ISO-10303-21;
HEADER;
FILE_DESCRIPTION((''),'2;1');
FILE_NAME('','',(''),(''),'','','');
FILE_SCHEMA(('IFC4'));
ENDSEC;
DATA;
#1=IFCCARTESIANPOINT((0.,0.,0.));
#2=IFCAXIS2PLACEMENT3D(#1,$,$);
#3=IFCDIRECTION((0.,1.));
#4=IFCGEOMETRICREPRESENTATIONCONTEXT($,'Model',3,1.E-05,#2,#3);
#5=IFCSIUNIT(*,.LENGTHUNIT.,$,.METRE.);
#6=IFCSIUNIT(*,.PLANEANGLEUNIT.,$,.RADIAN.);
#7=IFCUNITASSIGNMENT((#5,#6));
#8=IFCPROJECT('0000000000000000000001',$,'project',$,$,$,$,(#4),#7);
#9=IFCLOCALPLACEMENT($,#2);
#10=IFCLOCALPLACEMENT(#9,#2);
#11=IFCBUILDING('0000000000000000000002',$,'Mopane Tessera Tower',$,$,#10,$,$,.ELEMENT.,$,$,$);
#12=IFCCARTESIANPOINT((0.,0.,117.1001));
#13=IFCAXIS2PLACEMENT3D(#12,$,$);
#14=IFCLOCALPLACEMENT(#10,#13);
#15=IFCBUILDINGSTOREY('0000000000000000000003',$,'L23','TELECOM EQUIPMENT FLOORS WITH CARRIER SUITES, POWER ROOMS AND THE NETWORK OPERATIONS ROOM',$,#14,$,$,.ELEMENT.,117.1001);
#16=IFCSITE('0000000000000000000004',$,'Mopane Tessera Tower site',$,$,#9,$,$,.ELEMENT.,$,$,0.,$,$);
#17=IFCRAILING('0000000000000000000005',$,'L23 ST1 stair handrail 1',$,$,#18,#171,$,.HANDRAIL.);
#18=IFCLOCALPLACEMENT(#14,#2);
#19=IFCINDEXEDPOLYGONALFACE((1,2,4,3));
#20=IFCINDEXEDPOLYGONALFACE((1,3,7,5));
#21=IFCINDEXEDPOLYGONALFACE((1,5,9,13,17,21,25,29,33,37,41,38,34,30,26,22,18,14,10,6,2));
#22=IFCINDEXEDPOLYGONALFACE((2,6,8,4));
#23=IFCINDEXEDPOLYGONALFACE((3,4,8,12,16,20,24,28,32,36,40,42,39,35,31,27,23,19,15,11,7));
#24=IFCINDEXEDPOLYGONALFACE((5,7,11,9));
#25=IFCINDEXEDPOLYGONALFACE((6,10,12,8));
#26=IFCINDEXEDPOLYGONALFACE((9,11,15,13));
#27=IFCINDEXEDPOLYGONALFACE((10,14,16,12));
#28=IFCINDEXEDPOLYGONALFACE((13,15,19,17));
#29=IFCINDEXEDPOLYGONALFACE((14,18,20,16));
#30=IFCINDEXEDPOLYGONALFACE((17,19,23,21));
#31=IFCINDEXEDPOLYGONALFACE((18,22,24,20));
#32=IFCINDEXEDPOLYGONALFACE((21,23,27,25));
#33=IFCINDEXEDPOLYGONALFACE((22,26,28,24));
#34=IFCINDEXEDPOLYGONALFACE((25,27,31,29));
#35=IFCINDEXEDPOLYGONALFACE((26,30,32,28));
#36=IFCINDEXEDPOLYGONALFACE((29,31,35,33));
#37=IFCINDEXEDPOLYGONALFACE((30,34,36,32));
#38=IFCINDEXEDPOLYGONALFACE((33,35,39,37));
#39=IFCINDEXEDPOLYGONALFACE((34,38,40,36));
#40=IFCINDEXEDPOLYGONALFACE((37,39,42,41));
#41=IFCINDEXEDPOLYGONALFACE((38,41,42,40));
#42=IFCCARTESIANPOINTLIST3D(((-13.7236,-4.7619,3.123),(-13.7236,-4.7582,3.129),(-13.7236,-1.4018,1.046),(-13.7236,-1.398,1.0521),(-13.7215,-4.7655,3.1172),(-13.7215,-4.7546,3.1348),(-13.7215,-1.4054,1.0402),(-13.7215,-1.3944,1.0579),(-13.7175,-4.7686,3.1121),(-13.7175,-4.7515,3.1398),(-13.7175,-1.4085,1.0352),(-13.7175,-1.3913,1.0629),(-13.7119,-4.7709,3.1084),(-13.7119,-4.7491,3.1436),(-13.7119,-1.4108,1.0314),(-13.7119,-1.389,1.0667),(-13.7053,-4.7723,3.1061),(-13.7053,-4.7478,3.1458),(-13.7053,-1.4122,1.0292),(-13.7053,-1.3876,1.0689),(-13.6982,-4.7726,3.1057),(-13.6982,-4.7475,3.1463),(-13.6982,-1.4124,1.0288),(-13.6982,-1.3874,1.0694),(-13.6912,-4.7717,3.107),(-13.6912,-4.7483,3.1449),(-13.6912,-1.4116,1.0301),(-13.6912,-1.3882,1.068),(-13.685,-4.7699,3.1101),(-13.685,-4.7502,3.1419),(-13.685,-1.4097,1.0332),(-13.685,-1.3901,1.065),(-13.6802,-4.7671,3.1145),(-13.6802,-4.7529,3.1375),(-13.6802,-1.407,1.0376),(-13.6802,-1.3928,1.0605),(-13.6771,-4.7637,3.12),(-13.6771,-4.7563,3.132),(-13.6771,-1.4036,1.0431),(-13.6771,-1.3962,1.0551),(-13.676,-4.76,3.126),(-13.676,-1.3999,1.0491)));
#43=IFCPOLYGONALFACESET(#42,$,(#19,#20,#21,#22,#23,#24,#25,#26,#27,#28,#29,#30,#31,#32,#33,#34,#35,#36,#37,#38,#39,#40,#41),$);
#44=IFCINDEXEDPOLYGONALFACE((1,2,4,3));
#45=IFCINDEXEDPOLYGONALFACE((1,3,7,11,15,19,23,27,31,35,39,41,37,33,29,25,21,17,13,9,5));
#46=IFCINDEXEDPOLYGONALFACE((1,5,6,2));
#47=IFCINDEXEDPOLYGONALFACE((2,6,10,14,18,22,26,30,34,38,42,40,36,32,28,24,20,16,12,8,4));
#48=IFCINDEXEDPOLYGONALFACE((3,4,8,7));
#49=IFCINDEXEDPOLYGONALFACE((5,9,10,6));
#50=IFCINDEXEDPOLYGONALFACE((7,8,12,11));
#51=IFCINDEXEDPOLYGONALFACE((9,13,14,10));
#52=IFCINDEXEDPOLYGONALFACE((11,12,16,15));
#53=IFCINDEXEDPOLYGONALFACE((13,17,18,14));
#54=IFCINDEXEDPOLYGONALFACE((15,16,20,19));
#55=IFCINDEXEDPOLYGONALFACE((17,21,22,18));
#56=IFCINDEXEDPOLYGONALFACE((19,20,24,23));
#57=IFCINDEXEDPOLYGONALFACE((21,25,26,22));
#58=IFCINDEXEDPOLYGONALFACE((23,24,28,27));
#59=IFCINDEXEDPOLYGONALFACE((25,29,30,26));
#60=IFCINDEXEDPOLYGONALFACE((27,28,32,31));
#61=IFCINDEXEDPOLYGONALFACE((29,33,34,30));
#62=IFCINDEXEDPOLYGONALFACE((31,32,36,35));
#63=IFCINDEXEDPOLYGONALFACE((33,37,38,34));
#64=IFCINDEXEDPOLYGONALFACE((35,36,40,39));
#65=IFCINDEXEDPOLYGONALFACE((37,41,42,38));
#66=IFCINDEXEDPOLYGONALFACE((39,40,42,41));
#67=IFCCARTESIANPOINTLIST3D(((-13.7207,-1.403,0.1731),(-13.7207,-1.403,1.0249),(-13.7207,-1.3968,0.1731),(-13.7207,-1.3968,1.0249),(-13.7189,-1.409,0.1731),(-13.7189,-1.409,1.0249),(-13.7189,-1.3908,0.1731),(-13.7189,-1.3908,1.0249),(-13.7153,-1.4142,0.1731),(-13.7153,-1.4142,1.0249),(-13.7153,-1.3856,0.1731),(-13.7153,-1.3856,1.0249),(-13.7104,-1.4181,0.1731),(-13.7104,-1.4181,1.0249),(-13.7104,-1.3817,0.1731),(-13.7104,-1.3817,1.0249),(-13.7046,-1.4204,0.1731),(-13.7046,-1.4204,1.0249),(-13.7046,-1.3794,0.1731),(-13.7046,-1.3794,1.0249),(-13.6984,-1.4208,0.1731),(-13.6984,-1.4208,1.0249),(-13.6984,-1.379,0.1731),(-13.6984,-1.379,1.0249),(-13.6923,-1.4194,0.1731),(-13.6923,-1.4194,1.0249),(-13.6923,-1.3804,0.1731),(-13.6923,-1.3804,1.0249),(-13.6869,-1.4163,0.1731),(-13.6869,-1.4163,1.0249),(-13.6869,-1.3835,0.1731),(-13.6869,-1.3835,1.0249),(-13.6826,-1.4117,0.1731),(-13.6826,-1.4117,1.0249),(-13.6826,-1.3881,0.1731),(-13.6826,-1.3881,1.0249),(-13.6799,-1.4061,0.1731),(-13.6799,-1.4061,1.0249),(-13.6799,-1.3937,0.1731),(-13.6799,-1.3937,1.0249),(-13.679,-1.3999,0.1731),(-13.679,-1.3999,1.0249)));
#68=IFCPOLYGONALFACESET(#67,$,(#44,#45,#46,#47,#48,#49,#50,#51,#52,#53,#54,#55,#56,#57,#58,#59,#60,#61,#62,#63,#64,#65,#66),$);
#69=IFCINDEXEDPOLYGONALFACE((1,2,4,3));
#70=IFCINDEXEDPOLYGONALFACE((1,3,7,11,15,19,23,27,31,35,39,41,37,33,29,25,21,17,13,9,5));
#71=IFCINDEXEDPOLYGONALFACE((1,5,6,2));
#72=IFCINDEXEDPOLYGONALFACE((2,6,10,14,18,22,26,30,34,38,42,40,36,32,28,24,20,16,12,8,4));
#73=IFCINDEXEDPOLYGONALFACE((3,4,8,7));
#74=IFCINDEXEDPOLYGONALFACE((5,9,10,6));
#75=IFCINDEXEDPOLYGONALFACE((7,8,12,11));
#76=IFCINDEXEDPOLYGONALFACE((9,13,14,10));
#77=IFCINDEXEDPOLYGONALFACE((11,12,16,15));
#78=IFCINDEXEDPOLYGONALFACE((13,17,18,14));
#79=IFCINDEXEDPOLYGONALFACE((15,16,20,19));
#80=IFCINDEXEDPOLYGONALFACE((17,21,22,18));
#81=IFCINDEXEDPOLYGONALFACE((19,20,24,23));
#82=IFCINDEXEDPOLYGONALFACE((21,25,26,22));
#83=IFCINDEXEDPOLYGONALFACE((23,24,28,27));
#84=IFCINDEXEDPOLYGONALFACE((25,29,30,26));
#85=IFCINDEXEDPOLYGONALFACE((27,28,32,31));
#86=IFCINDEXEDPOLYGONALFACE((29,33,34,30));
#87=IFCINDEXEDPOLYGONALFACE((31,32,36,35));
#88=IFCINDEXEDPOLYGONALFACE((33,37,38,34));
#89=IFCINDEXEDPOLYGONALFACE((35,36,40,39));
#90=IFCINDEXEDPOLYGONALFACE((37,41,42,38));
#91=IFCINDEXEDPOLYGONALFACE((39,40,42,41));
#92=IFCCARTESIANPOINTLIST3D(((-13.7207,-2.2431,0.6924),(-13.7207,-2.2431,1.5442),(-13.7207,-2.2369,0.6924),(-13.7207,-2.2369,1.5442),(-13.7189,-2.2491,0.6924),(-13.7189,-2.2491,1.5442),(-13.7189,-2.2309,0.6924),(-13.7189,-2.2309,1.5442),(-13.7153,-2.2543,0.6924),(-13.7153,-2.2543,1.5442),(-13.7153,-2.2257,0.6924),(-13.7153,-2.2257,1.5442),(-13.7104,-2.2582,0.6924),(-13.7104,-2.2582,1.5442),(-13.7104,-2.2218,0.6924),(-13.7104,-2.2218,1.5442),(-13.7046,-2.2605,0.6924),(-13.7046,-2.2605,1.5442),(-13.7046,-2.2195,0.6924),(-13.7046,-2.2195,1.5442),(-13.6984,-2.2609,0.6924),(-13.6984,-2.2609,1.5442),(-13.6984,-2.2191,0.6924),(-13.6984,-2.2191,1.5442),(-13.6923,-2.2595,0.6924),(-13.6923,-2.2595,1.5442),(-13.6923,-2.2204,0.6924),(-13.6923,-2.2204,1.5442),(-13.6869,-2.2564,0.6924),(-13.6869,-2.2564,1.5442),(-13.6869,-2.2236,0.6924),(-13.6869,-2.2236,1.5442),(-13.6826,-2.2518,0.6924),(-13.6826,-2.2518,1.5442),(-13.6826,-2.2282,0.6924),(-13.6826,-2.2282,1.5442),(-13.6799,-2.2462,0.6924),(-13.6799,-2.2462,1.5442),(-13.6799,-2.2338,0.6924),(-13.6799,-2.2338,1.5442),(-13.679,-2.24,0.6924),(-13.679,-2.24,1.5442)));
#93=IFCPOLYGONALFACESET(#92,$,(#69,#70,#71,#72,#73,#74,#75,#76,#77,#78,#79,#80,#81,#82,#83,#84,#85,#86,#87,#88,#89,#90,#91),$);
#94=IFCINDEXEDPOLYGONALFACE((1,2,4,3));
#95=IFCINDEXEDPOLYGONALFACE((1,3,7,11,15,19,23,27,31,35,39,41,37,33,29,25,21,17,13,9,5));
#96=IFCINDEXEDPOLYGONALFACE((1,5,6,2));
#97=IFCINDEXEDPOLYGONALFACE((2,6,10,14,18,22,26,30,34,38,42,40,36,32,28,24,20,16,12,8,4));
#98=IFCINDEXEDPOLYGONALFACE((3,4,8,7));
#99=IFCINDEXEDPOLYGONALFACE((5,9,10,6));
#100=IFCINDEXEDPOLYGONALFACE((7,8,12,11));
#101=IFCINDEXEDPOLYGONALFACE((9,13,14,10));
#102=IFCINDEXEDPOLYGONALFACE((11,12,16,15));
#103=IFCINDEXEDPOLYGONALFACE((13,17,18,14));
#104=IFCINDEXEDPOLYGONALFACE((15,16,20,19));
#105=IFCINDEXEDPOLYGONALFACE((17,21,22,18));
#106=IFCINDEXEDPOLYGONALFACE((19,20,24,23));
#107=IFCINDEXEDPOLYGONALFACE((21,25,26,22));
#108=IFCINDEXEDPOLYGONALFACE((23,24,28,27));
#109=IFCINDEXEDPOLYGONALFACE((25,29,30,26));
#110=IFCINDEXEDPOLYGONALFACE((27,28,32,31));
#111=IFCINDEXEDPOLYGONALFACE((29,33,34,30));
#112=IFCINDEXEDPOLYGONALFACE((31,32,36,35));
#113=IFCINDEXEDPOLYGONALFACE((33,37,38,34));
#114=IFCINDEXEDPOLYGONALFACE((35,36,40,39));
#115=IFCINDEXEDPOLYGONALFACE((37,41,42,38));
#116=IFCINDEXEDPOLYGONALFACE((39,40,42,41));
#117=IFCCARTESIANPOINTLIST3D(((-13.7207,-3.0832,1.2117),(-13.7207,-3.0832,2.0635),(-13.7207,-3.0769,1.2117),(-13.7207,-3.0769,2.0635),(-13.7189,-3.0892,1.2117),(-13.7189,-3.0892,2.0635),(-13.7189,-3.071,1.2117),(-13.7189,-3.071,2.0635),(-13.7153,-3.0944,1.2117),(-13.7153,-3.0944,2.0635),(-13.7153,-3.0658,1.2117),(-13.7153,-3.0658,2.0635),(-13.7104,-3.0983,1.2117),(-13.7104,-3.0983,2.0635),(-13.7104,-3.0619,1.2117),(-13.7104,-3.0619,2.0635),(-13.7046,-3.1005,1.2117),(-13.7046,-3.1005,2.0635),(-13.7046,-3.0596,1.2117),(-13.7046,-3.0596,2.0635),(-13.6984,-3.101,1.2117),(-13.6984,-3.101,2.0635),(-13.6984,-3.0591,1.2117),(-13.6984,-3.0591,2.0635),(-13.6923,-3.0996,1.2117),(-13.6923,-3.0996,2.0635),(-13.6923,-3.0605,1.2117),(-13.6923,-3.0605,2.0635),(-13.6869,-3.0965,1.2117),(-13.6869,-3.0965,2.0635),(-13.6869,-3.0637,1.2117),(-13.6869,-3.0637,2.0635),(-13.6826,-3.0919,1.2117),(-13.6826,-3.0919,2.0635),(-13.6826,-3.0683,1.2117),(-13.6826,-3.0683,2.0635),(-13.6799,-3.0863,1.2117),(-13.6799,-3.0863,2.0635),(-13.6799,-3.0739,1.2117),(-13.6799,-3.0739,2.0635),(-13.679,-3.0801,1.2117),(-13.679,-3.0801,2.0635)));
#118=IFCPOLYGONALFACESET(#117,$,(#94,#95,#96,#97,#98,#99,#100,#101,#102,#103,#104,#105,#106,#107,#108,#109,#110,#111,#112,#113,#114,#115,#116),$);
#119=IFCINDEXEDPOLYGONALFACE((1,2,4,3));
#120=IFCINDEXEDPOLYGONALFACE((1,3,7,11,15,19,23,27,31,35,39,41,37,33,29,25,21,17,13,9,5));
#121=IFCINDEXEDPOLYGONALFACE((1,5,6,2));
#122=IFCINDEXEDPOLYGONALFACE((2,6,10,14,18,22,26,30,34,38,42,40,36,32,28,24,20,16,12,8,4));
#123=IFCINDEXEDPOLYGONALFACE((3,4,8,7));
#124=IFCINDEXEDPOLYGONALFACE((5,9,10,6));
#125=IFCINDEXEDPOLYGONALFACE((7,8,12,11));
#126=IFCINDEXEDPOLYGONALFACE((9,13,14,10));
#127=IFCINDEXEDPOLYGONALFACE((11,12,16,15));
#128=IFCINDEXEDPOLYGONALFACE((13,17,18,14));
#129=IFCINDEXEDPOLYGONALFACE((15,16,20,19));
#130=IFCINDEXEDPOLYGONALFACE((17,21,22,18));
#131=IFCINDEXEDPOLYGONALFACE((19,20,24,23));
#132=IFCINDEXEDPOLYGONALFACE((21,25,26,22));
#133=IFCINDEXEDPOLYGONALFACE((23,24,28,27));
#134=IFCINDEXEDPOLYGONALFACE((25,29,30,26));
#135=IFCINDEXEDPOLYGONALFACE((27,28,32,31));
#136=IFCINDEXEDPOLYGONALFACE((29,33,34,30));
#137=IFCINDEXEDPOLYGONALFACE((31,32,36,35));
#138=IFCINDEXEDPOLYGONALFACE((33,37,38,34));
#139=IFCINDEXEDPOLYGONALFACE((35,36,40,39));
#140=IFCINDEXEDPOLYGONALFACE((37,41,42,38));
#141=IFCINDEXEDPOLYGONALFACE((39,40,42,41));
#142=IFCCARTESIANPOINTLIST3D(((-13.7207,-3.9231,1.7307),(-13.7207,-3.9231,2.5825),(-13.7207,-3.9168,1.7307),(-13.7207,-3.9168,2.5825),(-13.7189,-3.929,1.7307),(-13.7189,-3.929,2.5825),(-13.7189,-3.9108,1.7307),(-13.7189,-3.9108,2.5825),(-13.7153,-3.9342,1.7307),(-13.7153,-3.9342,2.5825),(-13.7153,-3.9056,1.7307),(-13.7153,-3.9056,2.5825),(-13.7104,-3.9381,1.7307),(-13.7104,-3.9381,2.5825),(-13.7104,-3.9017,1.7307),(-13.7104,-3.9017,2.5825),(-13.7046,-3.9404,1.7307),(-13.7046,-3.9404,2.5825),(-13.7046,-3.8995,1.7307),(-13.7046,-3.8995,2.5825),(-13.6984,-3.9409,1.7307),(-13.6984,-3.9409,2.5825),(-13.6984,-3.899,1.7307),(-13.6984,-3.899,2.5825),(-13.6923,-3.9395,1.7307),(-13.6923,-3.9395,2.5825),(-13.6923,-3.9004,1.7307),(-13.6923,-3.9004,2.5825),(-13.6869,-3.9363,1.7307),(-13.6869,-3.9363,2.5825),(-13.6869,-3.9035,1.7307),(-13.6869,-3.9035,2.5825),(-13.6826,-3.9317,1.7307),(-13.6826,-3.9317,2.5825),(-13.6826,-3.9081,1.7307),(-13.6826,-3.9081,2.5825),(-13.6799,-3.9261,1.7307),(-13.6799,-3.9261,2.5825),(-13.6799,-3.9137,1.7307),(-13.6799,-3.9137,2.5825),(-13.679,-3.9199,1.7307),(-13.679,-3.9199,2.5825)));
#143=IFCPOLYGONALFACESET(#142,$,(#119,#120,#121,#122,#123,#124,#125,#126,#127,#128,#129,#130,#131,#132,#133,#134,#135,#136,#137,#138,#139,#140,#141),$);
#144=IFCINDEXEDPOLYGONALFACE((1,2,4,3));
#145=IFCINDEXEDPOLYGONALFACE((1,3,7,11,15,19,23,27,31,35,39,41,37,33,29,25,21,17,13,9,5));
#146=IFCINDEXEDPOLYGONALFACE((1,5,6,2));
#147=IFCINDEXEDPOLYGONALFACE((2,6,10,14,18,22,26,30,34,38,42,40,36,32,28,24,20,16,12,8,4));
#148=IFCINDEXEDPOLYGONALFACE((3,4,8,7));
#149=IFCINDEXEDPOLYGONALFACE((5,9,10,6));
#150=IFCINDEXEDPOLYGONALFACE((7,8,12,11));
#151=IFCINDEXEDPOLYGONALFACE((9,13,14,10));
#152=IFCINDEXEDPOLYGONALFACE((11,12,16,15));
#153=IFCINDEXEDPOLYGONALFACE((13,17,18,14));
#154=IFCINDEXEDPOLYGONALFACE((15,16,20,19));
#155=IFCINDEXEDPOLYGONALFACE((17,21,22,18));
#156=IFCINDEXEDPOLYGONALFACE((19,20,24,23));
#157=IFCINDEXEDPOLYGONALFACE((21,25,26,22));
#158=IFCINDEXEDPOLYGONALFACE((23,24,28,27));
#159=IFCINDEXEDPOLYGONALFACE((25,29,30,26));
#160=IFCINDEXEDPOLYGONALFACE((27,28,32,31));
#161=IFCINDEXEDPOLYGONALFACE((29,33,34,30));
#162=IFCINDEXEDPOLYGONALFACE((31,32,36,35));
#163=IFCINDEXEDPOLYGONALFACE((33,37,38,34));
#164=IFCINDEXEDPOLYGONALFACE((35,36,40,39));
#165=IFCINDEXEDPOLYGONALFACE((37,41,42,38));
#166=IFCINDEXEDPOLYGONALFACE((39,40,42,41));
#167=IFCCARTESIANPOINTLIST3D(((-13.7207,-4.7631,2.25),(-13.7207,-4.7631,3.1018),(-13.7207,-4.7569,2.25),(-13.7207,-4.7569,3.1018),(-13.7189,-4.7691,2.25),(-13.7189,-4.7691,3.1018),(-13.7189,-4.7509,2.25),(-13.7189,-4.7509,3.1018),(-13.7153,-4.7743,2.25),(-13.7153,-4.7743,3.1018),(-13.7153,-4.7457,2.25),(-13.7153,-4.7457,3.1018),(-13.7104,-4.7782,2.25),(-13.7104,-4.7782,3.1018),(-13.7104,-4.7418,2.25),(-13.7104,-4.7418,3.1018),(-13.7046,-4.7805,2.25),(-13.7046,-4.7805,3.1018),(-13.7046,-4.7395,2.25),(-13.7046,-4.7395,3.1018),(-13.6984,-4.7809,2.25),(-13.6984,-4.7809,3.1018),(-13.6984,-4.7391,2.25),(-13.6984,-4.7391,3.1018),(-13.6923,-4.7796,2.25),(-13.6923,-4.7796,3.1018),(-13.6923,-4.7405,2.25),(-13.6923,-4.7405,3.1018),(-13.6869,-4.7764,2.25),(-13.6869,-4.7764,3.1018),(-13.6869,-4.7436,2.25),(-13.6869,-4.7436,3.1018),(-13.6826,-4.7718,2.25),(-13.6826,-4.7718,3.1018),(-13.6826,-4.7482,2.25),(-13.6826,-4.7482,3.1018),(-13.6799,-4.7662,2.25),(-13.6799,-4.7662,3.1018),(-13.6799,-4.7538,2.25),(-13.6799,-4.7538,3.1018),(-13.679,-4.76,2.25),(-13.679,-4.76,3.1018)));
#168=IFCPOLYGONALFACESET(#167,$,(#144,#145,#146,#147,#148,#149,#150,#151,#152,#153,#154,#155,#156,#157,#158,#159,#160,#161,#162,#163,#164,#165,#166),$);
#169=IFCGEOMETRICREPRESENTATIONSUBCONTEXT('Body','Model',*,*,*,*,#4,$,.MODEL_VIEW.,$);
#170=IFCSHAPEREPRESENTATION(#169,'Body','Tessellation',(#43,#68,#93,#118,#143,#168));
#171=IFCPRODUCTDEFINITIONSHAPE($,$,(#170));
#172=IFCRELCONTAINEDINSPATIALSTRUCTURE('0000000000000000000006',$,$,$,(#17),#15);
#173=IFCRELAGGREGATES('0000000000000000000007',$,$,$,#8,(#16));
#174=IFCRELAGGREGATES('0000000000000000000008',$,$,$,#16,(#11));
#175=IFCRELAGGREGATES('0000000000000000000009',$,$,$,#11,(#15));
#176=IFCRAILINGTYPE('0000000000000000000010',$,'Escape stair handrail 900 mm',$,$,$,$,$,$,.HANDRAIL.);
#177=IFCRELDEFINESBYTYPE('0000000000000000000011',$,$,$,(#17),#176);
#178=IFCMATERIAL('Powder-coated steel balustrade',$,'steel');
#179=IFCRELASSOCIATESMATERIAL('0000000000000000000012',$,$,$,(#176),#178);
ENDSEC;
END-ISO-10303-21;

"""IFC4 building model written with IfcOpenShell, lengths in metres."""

from ifc_helpers import new_model, si_unit, direction, frame, origin, origin_2d, place, context, subcontext, project, spatial, circle, extrude, material, type_object, element, save


model = new_model("IFC4")

# Units and contexts
model_context = context("Model", 3, precision=1e-05, world=origin(), true_north=direction((0.0, 1.0)))
body_context = subcontext(model_context, "Body", "Model", "MODEL_VIEW")
ifc_project = project(units=[si_unit("LENGTHUNIT", "METRE"), si_unit("PLANEANGLEUNIT", "RADIAN")], contexts=[model_context])

# Site, building, storey
site_placement = place(None, origin())
site = spatial("IfcSite", under=ifc_project, at=site_placement, Name="Mopane Tessera Tower site", CompositionType="ELEMENT", RefElevation=0.0)
building_placement = place(site_placement, origin())
building = spatial("IfcBuilding", under=site, at=building_placement, Name="Mopane Tessera Tower", CompositionType="ELEMENT")
storey_placement = place(building_placement, frame((0.0, 0.0, 117.1001)))
storey = spatial("IfcBuildingStorey", under=building, at=storey_placement, Name="L23", Description="TELECOM EQUIPMENT FLOORS WITH CARRIER SUITES, POWER ROOMS AND THE NETWORK OPERATIONS ROOM", CompositionType="ELEMENT", Elevation=117.1001)

# Railing
ifc_material_1 = material(Name="Powder-coated steel balustrade", Category="steel")
railing_type_1 = type_object("IfcRailingType", Name="Escape stair handrail 900 mm", PredefinedType="HANDRAIL", material=ifc_material_1)
railing_1_placement = place(storey_placement, frame((-13.7, -1.3999, 0.1731)))
element("IfcRailing", 1, at=railing_1_placement, inside=storey, type_object=railing_type_1, Name="L23 ST1 stair handrail 1", PredefinedType="HANDRAIL", context=body_context, shape_type="SweptSolid", body=[
    extrude(circle(Radius=0.0239, at=origin_2d()), frame((0.0, 0.0, 0.876), z_axis=(0.0, -0.850623, 0.525776), x_axis=(1.0, 0.0, 0.0)), (0.0, 0.0, 1.0), 3.9502),
    extrude(circle(Radius=0.021, at=origin_2d()), origin(), (0.0, 0.0, 1.0), 0.8518),
    extrude(circle(Radius=0.021, at=origin_2d()), frame((0.0, -0.8401, 0.5193)), (0.0, 0.0, 1.0), 0.8518),
    extrude(circle(Radius=0.021, at=origin_2d()), frame((0.0, -1.6802, 1.0386)), (0.0, 0.0, 1.0), 0.8518),
    extrude(circle(Radius=0.021, at=origin_2d()), frame((0.0, -2.52, 1.5576)), (0.0, 0.0, 1.0), 0.8518),
    extrude(circle(Radius=0.021, at=origin_2d()), frame((0.0, -3.3601, 2.0769)), (0.0, 0.0, 1.0), 0.8518),
])

save(model, "model.ifc")
